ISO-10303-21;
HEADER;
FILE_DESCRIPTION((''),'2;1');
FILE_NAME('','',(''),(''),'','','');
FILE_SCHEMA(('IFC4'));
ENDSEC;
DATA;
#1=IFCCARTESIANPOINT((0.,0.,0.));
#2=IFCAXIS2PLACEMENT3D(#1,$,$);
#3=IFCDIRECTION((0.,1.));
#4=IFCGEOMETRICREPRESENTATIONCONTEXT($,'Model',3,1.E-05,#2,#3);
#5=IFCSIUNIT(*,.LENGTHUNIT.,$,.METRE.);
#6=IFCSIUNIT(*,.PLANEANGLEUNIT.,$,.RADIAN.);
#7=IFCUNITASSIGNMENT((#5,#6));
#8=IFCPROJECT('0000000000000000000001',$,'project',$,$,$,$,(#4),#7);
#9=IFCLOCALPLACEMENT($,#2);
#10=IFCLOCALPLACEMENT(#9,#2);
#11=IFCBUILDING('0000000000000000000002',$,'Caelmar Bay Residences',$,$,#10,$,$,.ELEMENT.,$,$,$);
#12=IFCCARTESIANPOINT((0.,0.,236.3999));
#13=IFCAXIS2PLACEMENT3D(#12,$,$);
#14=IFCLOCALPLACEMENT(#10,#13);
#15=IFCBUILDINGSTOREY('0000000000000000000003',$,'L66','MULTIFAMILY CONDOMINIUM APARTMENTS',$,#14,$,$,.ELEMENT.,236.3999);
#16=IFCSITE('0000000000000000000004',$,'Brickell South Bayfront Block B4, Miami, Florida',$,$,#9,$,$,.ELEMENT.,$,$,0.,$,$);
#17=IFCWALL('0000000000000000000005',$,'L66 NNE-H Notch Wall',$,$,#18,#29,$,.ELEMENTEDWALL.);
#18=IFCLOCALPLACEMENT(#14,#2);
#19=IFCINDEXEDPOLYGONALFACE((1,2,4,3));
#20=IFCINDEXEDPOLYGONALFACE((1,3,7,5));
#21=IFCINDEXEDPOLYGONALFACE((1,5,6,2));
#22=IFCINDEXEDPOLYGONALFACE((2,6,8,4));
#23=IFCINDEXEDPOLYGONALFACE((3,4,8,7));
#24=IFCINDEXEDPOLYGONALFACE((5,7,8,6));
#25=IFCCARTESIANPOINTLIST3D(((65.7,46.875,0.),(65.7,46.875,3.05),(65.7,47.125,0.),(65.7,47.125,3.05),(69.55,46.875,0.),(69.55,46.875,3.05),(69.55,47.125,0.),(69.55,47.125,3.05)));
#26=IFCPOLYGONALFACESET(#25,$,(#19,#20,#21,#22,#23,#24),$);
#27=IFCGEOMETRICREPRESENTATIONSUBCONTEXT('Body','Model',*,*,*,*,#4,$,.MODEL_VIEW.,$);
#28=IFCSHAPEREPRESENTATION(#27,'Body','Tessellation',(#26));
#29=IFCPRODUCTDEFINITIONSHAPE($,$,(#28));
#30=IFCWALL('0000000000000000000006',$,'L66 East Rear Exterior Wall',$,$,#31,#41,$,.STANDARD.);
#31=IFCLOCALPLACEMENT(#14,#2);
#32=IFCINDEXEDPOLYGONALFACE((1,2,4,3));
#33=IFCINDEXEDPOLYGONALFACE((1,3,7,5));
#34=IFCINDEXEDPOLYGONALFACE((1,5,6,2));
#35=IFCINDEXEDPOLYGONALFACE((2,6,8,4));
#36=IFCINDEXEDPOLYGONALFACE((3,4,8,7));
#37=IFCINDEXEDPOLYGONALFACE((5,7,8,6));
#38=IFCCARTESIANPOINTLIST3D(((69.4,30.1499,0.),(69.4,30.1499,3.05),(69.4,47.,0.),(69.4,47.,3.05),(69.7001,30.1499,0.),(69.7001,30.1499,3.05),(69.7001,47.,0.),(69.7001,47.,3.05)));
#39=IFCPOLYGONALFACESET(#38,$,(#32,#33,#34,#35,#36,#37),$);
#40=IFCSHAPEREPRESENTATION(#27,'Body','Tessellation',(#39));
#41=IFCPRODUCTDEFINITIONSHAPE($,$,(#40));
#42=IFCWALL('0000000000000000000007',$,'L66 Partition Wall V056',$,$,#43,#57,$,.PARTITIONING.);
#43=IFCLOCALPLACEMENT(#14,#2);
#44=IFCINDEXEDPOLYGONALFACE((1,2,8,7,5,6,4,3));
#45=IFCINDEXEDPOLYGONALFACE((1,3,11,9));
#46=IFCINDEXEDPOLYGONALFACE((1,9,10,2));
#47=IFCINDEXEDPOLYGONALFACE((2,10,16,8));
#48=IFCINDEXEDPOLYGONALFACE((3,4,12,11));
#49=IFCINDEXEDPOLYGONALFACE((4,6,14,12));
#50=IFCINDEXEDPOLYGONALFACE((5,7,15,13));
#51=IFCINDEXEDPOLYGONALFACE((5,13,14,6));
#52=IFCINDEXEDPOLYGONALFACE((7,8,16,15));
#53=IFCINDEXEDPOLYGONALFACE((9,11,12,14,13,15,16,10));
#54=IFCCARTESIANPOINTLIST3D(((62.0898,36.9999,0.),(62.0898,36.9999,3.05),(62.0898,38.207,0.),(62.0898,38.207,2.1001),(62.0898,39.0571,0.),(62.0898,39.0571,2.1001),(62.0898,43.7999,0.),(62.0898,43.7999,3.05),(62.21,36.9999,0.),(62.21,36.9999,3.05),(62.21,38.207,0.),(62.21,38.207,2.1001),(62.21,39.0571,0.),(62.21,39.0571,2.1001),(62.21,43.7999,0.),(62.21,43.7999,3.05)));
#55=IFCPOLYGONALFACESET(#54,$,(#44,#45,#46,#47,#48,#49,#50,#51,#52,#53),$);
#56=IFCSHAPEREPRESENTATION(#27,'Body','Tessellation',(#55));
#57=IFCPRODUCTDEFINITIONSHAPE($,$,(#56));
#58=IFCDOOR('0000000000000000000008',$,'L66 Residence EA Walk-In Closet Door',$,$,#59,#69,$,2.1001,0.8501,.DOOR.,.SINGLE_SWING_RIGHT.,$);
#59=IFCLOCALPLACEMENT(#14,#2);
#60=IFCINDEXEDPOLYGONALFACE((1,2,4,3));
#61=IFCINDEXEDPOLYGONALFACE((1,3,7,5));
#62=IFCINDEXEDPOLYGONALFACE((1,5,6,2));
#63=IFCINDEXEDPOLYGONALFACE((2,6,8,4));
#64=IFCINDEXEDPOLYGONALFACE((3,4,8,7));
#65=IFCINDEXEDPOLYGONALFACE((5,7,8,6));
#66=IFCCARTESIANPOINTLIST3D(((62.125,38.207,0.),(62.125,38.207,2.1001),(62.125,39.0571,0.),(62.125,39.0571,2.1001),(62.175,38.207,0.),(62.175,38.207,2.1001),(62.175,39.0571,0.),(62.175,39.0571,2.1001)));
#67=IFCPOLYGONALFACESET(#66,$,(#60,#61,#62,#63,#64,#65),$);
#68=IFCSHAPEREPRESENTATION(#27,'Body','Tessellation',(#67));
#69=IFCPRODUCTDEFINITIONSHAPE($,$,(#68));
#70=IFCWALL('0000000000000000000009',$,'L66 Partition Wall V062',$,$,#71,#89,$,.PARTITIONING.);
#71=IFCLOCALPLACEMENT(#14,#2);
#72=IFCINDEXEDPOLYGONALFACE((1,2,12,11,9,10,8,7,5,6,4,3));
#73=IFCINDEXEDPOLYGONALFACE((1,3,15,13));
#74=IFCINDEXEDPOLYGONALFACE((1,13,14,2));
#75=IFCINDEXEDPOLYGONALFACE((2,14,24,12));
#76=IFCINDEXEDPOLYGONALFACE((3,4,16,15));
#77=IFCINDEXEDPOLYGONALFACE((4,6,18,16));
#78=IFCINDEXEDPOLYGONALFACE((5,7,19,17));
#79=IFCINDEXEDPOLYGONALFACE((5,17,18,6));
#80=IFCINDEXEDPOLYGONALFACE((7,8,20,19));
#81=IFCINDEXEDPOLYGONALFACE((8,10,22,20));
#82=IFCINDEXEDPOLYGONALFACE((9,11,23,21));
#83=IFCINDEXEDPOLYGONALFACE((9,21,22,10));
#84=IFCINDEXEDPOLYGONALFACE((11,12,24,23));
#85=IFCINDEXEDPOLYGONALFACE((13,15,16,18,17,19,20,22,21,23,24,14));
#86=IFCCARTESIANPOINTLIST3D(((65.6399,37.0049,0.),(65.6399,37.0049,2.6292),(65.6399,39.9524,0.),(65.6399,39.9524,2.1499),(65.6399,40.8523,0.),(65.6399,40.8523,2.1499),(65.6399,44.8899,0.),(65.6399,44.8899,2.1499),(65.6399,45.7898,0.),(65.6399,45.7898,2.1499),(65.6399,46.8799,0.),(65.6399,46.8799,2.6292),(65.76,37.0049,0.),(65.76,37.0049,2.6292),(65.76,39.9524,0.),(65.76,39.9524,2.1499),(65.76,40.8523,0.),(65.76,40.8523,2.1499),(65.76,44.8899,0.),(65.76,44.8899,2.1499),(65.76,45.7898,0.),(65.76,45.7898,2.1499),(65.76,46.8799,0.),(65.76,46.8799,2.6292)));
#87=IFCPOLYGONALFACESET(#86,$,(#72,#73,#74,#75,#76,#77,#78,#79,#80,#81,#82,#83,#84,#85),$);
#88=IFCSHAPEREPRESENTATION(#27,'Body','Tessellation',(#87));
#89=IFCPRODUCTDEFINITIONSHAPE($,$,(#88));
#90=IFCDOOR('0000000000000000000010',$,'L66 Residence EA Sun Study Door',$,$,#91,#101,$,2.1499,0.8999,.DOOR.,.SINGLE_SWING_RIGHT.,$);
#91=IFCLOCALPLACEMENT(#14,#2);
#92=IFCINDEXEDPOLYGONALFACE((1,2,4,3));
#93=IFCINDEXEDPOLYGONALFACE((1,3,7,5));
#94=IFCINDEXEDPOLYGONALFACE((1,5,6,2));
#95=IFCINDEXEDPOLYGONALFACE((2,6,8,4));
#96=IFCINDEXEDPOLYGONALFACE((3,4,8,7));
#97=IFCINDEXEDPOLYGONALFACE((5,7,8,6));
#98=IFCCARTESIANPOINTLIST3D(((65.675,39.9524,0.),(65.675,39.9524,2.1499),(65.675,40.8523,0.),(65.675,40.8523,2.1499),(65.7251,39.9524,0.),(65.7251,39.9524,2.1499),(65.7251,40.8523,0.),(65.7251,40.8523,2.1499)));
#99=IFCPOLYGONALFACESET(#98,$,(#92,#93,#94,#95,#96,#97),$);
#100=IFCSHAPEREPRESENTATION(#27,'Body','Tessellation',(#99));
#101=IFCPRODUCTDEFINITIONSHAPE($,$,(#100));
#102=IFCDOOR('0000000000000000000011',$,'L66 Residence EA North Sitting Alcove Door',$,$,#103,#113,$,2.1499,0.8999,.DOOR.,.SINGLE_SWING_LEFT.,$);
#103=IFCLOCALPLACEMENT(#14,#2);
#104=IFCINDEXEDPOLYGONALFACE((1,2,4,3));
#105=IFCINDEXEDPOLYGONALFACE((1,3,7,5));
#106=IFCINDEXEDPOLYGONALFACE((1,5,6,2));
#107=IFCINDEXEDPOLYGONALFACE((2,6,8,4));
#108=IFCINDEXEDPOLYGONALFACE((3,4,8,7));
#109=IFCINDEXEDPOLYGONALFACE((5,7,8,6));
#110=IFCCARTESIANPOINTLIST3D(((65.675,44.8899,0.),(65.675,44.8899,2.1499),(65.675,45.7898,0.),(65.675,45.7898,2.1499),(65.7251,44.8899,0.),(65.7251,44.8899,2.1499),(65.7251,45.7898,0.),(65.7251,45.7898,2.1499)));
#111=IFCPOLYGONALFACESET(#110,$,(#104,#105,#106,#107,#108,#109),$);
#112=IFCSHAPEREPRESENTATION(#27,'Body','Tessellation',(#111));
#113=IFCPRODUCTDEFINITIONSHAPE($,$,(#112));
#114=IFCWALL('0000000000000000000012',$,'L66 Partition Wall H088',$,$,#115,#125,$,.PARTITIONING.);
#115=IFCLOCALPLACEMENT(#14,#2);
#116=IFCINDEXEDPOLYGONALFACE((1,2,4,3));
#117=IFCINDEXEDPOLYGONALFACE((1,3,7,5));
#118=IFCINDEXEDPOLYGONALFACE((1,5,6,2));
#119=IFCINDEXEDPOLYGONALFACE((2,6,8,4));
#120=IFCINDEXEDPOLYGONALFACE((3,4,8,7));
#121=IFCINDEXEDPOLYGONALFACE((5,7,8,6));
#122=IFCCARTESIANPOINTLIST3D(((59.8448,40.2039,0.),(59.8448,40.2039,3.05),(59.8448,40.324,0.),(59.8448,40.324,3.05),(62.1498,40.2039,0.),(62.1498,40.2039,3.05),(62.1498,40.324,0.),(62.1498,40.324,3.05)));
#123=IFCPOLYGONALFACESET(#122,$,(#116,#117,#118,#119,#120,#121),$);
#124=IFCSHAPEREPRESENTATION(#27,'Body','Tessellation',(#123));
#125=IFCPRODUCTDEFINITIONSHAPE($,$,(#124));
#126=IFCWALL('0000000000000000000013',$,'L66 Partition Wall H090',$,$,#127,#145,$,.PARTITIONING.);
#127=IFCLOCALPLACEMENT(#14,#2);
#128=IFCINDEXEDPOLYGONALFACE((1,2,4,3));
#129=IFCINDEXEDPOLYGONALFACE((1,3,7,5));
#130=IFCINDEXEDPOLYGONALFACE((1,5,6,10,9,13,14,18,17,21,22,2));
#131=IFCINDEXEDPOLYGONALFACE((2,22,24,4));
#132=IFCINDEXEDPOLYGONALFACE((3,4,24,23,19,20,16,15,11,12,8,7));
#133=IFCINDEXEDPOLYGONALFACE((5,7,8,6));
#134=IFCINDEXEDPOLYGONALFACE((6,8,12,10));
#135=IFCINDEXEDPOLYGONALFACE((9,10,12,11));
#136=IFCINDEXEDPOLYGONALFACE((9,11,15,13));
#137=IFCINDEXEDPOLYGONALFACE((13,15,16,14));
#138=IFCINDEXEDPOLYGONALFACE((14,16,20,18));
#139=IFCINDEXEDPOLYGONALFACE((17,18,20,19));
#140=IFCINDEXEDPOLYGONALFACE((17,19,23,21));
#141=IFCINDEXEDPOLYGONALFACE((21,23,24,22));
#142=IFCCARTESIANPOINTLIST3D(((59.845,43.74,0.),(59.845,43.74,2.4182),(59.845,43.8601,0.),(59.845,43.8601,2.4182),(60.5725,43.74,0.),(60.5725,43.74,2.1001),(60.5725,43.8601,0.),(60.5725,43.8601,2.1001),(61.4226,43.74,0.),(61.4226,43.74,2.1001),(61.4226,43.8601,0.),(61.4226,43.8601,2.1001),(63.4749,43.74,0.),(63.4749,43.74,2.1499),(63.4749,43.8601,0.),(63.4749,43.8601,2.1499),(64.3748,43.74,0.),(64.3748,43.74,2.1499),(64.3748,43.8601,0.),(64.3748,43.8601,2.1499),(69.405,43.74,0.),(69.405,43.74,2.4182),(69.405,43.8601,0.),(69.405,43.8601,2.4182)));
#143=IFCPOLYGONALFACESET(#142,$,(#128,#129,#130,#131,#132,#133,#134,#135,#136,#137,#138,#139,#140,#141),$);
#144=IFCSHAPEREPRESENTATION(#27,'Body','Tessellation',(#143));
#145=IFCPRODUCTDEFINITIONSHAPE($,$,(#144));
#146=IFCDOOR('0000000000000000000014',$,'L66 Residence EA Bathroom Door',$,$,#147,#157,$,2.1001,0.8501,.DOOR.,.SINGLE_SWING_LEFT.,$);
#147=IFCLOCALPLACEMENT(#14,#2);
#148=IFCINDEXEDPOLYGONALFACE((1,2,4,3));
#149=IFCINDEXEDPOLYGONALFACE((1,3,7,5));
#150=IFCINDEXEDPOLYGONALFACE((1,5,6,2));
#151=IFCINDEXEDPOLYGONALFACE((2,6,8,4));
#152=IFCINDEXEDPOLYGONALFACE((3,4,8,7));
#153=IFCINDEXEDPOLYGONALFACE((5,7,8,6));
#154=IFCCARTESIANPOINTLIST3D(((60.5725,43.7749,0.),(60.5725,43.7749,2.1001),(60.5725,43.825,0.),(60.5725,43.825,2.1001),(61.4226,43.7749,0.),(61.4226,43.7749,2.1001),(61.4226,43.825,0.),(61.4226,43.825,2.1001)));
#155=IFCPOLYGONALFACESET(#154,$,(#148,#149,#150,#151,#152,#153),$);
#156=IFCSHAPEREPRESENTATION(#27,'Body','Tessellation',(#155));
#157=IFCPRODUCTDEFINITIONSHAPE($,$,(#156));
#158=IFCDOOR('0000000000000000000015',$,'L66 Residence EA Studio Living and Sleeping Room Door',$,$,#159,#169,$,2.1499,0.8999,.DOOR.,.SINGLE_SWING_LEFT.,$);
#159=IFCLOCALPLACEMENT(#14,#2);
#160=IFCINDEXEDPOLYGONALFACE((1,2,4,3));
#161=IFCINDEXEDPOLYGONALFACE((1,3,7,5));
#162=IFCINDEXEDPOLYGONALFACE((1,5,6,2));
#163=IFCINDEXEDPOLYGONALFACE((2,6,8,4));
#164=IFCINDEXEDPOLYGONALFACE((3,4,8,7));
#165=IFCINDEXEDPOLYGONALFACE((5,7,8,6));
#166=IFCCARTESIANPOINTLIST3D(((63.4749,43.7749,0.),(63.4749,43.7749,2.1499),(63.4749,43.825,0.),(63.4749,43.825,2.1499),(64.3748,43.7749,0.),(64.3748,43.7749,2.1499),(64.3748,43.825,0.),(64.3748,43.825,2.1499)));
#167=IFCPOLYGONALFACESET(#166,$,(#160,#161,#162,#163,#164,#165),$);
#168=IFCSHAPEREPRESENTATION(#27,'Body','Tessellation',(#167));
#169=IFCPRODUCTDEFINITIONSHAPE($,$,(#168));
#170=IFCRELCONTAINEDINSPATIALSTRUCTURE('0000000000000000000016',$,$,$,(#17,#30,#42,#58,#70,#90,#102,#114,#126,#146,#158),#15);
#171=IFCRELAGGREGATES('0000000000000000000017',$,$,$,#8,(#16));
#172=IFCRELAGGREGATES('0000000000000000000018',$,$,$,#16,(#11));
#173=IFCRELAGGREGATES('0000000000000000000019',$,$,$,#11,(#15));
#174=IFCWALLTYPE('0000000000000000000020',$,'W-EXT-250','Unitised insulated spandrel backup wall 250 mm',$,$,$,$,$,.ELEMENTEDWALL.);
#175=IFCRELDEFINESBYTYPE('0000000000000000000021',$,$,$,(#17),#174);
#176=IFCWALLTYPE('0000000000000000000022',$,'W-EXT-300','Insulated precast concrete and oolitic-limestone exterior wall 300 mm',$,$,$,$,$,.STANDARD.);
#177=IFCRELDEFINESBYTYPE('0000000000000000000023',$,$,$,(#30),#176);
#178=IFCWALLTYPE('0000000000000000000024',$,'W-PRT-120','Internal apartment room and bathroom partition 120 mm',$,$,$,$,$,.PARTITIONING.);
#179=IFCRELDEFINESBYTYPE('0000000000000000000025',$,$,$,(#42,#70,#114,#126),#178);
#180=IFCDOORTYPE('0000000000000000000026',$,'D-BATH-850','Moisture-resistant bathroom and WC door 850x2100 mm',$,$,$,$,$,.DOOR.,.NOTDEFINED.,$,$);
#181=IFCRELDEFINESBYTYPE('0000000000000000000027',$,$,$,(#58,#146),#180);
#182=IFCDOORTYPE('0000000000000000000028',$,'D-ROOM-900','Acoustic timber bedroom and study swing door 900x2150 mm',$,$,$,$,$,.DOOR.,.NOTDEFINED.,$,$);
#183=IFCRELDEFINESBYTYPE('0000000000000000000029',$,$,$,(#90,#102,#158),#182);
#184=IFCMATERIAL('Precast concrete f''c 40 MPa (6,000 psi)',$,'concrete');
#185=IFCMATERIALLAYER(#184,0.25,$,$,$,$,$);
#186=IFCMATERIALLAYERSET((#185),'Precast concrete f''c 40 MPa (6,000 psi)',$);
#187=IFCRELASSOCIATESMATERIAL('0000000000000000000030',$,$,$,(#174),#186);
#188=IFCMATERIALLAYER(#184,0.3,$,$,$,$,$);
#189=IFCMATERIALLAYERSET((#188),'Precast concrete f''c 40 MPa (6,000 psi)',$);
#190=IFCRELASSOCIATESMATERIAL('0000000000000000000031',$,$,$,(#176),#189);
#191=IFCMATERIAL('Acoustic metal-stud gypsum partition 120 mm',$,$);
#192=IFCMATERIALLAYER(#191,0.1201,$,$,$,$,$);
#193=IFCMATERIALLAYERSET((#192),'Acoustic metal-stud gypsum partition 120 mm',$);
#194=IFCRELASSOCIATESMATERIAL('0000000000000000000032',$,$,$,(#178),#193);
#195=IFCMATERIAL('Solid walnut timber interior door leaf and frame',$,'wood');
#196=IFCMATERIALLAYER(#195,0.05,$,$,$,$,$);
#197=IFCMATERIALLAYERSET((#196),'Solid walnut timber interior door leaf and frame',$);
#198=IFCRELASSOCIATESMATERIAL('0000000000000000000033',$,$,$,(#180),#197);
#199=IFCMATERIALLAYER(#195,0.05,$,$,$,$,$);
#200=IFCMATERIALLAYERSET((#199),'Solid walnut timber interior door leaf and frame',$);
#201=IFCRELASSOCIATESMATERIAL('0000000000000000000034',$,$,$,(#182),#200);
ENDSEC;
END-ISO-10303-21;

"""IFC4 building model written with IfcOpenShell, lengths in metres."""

from ifc_helpers import new_model, si_unit, direction, frame, frame_2d, origin, place, context, subcontext, project, spatial, rectangle, extrude, material, layer, layer_set, type_object, element, fill, save


model = new_model("IFC4")

# Units and contexts
model_context = context("Model", 3, precision=1e-05, world=origin(), true_north=direction((0.0, 1.0)))
body_context = subcontext(model_context, "Body", "Model", "MODEL_VIEW")
ifc_project = project(units=[si_unit("LENGTHUNIT", "METRE"), si_unit("PLANEANGLEUNIT", "RADIAN")], contexts=[model_context])

# Site, building, storey
site_placement = place(None, origin())
site = spatial("IfcSite", under=ifc_project, at=site_placement, Name="Brickell South Bayfront Block B4, Miami, Florida", CompositionType="ELEMENT", RefElevation=0.0)
building_placement = place(site_placement, origin())
building = spatial("IfcBuilding", under=site, at=building_placement, Name="Caelmar Bay Residences", CompositionType="ELEMENT")
storey_placement = place(building_placement, frame((0.0, 0.0, 236.3999)))
storey = spatial("IfcBuildingStorey", under=building, at=storey_placement, Name="L66", Description="MULTIFAMILY CONDOMINIUM APARTMENTS", CompositionType="ELEMENT", Elevation=236.3999)

# Walls
ifc_material_1 = material(Name="Precast concrete f'c 40 MPa (6,000 psi)", Category="concrete")
ifc_layer_1 = layer(ifc_material_1, 0.25)
ifc_layer_set_1 = layer_set([ifc_layer_1], Name="Precast concrete f'c 40 MPa (6,000 psi)")
wall_type_1 = type_object("IfcWallType", Name="W-EXT-250", Description="Unitised insulated spandrel backup wall 250 mm", PredefinedType="ELEMENTEDWALL", material=ifc_layer_set_1)
wall_1_placement = place(storey_placement, frame((65.7, 47.0, 0.0), z_axis=(0.0, 0.0, 1.0), x_axis=(1.0, 0.0, 0.0)))
element("IfcWall", 1, at=wall_1_placement, inside=storey, type_object=wall_type_1, Name="L66 NNE-H Notch Wall", PredefinedType="ELEMENTEDWALL", context=body_context, shape_type="SweptSolid", body=[
    extrude(rectangle(XDim=3.8501, YDim=0.25, at=frame_2d((1.925, 0.0))), origin(), (0.0, 0.0, 1.0), 3.05),
])
ifc_layer_2 = layer(ifc_material_1, 0.3)
ifc_layer_set_2 = layer_set([ifc_layer_2], Name="Precast concrete f'c 40 MPa (6,000 psi)")
wall_type_2 = type_object("IfcWallType", Name="W-EXT-300", Description="Insulated precast concrete and oolitic-limestone exterior wall 300 mm", PredefinedType="STANDARD", material=ifc_layer_set_2)
wall_2_placement = place(storey_placement, frame((69.55, 47.0, 0.0), z_axis=(0.0, 0.0, 1.0), x_axis=(0.0, -1.0, 0.0)))
element("IfcWall", 2, at=wall_2_placement, inside=storey, type_object=wall_type_2, Name="L66 East Rear Exterior Wall", PredefinedType="STANDARD", context=body_context, shape_type="SweptSolid", body=[
    extrude(rectangle(XDim=16.8501, YDim=0.3, at=frame_2d((8.425, 0.0))), origin(), (0.0, 0.0, 1.0), 3.05),
])

# Wall, opening, door
ifc_material_2 = material(Name="Acoustic metal-stud gypsum partition 120 mm")
ifc_layer_3 = layer(ifc_material_2, 0.1201)
ifc_layer_set_3 = layer_set([ifc_layer_3], Name="Acoustic metal-stud gypsum partition 120 mm")
wall_type_3 = type_object("IfcWallType", Name="W-PRT-120", Description="Internal apartment room and bathroom partition 120 mm", PredefinedType="PARTITIONING", material=ifc_layer_set_3)
wall_3_placement = place(storey_placement, frame((62.1499, 37.0, 0.0), z_axis=(0.0, 0.0, 1.0), x_axis=(0.0, 1.0, 0.0)))
wall_3 = element("IfcWall", 3, at=wall_3_placement, inside=storey, type_object=wall_type_3, Name="L66 Partition Wall V056", PredefinedType="PARTITIONING", context=body_context, shape_type="SweptSolid", body=[
    extrude(rectangle(XDim=6.8, YDim=0.1201, at=frame_2d((3.3999, 0.0))), origin(), (0.0, 0.0, 1.0), 3.05),
])
opening_1_placement = place(wall_3_placement, frame((1.207, 0.0, 0.0)))
opening_1 = element("IfcOpeningElement", 4, at=opening_1_placement, cuts=wall_3, PredefinedType="OPENING", context=body_context, shape_type="SweptSolid", body=[
    extrude(rectangle(XDim=0.8501, YDim=2.1001, at=frame_2d((0.425, 1.05))), frame((0.0, 0.0701, 0.0), z_axis=(0.0, -1.0, 0.0), x_axis=(1.0, 0.0, 0.0)), (0.0, 0.0, 1.0), 0.1401),
])
ifc_material_3 = material(Name="Solid walnut timber interior door leaf and frame", Category="wood")
ifc_layer_4 = layer(ifc_material_3, 0.05)
ifc_layer_set_4 = layer_set([ifc_layer_4], Name="Solid walnut timber interior door leaf and frame")
door_type_1 = type_object("IfcDoorType", Name="D-BATH-850", Description="Moisture-resistant bathroom and WC door 850x2100 mm", OperationType="NOTDEFINED", PredefinedType="DOOR", material=ifc_layer_set_4)
door_1_placement = place(opening_1_placement, origin())
door_1 = element("IfcDoor", 5, at=door_1_placement, inside=storey, type_object=door_type_1, Name="L66 Residence EA Walk-In Closet Door", OperationType="SINGLE_SWING_RIGHT", OverallHeight=2.1001, OverallWidth=0.8501, PredefinedType="DOOR", context=body_context, shape_type="SweptSolid", body=[
    extrude(rectangle(XDim=0.8501, YDim=2.1001, at=frame_2d((0.425, 1.05))), frame((0.0, 0.0249, 0.0), z_axis=(0.0, -1.0, 0.0), x_axis=(1.0, 0.0, 0.0)), (0.0, 0.0, 1.0), 0.05),
])
fill(opening_1, door_1)

# Wall, openings, doors
wall_4_placement = place(storey_placement, frame((65.7, 37.0049, 0.0), z_axis=(0.0, 0.0, 1.0), x_axis=(0.0, 1.0, 0.0)))
wall_4 = element("IfcWall", 6, at=wall_4_placement, inside=storey, type_object=wall_type_3, Name="L66 Partition Wall V062", PredefinedType="PARTITIONING", context=body_context, shape_type="SweptSolid", body=[
    extrude(rectangle(XDim=9.875, YDim=0.1201, at=frame_2d((4.9375, 0.0))), origin(), (0.0, 0.0, 1.0), 2.6292),
])
opening_2_placement = place(wall_4_placement, frame((2.9475, 0.0, 0.0)))
opening_2 = element("IfcOpeningElement", 7, at=opening_2_placement, cuts=wall_4, PredefinedType="OPENING", context=body_context, shape_type="SweptSolid", body=[
    extrude(rectangle(XDim=0.8999, YDim=2.1499, at=frame_2d((0.45, 1.075))), frame((0.0, 0.0701, 0.0), z_axis=(0.0, -1.0, 0.0), x_axis=(1.0, 0.0, 0.0)), (0.0, 0.0, 1.0), 0.1401),
])
opening_3_placement = place(wall_4_placement, frame((7.885, 0.0, 0.0)))
opening_3 = element("IfcOpeningElement", 8, at=opening_3_placement, cuts=wall_4, PredefinedType="OPENING", context=body_context, shape_type="SweptSolid", body=[
    extrude(rectangle(XDim=0.8999, YDim=2.1499, at=frame_2d((0.45, 1.075))), frame((0.0, 0.0701, 0.0), z_axis=(0.0, -1.0, 0.0), x_axis=(1.0, 0.0, 0.0)), (0.0, 0.0, 1.0), 0.1401),
])
ifc_layer_5 = layer(ifc_material_3, 0.05)
ifc_layer_set_5 = layer_set([ifc_layer_5], Name="Solid walnut timber interior door leaf and frame")
door_type_2 = type_object("IfcDoorType", Name="D-ROOM-900", Description="Acoustic timber bedroom and study swing door 900x2150 mm", OperationType="NOTDEFINED", PredefinedType="DOOR", material=ifc_layer_set_5)
door_2_placement = place(opening_2_placement, origin())
door_2 = element("IfcDoor", 9, at=door_2_placement, inside=storey, type_object=door_type_2, Name="L66 Residence EA Sun Study Door", OperationType="SINGLE_SWING_RIGHT", OverallHeight=2.1499, OverallWidth=0.8999, PredefinedType="DOOR", context=body_context, shape_type="SweptSolid", body=[
    extrude(rectangle(XDim=0.8999, YDim=2.1499, at=frame_2d((0.45, 1.075))), frame((0.0, 0.0249, 0.0), z_axis=(0.0, -1.0, 0.0), x_axis=(1.0, 0.0, 0.0)), (0.0, 0.0, 1.0), 0.05),
])
fill(opening_2, door_2)
door_3_placement = place(opening_3_placement, origin())
door_3 = element("IfcDoor", 10, at=door_3_placement, inside=storey, type_object=door_type_2, Name="L66 Residence EA North Sitting Alcove Door", OperationType="SINGLE_SWING_LEFT", OverallHeight=2.1499, OverallWidth=0.8999, PredefinedType="DOOR", context=body_context, shape_type="SweptSolid", body=[
    extrude(rectangle(XDim=0.8999, YDim=2.1499, at=frame_2d((0.45, 1.075))), frame((0.0, 0.0249, 0.0), z_axis=(0.0, -1.0, 0.0), x_axis=(1.0, 0.0, 0.0)), (0.0, 0.0, 1.0), 0.05),
])
fill(opening_3, door_3)

# Wall
wall_5_placement = place(storey_placement, frame((59.845, 40.2639, 0.0), z_axis=(0.0, 0.0, 1.0), x_axis=(1.0, 0.0, 0.0)))
element("IfcWall", 11, at=wall_5_placement, inside=storey, type_object=wall_type_3, Name="L66 Partition Wall H088", PredefinedType="PARTITIONING", context=body_context, shape_type="SweptSolid", body=[
    extrude(rectangle(XDim=2.3049, YDim=0.1201, at=frame_2d((1.1523, 0.0))), origin(), (0.0, 0.0, 1.0), 3.05),
])

# Wall, openings, doors
wall_6_placement = place(storey_placement, frame((59.845, 43.8, 0.0), z_axis=(0.0, 0.0, 1.0), x_axis=(1.0, 0.0, 0.0)))
wall_6 = element("IfcWall", 12, at=wall_6_placement, inside=storey, type_object=wall_type_3, Name="L66 Partition Wall H090", PredefinedType="PARTITIONING", context=body_context, shape_type="SweptSolid", body=[
    extrude(rectangle(XDim=9.5601, YDim=0.1201, at=frame_2d((4.78, 0.0))), origin(), (0.0, 0.0, 1.0), 2.4182),
])
opening_4_placement = place(wall_6_placement, frame((3.6299, 0.0, 0.0)))
opening_4 = element("IfcOpeningElement", 13, at=opening_4_placement, cuts=wall_6, PredefinedType="OPENING", context=body_context, shape_type="SweptSolid", body=[
    extrude(rectangle(XDim=0.8999, YDim=2.1499, at=frame_2d((0.45, 1.075))), frame((0.0, 0.0701, 0.0), z_axis=(0.0, -1.0, 0.0), x_axis=(1.0, 0.0, 0.0)), (0.0, 0.0, 1.0), 0.1401),
])
opening_5_placement = place(wall_6_placement, frame((0.7275, 0.0, 0.0)))
opening_5 = element("IfcOpeningElement", 14, at=opening_5_placement, cuts=wall_6, PredefinedType="OPENING", context=body_context, shape_type="SweptSolid", body=[
    extrude(rectangle(XDim=0.8501, YDim=2.1001, at=frame_2d((0.425, 1.05))), frame((0.0, 0.0701, 0.0), z_axis=(0.0, -1.0, 0.0), x_axis=(1.0, 0.0, 0.0)), (0.0, 0.0, 1.0), 0.1401),
])
door_4_placement = place(opening_5_placement, origin())
door_4 = element("IfcDoor", 15, at=door_4_placement, inside=storey, type_object=door_type_1, Name="L66 Residence EA Bathroom Door", OperationType="SINGLE_SWING_LEFT", OverallHeight=2.1001, OverallWidth=0.8501, PredefinedType="DOOR", context=body_context, shape_type="SweptSolid", body=[
    extrude(rectangle(XDim=0.8501, YDim=2.1001, at=frame_2d((0.425, 1.05))), frame((0.0, 0.0249, 0.0), z_axis=(0.0, -1.0, 0.0), x_axis=(1.0, 0.0, 0.0)), (0.0, 0.0, 1.0), 0.05),
])
fill(opening_5, door_4)
door_5_placement = place(opening_4_placement, origin())
door_5 = element("IfcDoor", 16, at=door_5_placement, inside=storey, type_object=door_type_2, Name="L66 Residence EA Studio Living and Sleeping Room Door", OperationType="SINGLE_SWING_LEFT", OverallHeight=2.1499, OverallWidth=0.8999, PredefinedType="DOOR", context=body_context, shape_type="SweptSolid", body=[
    extrude(rectangle(XDim=0.8999, YDim=2.1499, at=frame_2d((0.45, 1.075))), frame((0.0, 0.0249, 0.0), z_axis=(0.0, -1.0, 0.0), x_axis=(1.0, 0.0, 0.0)), (0.0, 0.0, 1.0), 0.05),
])
fill(opening_4, door_5)

save(model, "model.ifc")
